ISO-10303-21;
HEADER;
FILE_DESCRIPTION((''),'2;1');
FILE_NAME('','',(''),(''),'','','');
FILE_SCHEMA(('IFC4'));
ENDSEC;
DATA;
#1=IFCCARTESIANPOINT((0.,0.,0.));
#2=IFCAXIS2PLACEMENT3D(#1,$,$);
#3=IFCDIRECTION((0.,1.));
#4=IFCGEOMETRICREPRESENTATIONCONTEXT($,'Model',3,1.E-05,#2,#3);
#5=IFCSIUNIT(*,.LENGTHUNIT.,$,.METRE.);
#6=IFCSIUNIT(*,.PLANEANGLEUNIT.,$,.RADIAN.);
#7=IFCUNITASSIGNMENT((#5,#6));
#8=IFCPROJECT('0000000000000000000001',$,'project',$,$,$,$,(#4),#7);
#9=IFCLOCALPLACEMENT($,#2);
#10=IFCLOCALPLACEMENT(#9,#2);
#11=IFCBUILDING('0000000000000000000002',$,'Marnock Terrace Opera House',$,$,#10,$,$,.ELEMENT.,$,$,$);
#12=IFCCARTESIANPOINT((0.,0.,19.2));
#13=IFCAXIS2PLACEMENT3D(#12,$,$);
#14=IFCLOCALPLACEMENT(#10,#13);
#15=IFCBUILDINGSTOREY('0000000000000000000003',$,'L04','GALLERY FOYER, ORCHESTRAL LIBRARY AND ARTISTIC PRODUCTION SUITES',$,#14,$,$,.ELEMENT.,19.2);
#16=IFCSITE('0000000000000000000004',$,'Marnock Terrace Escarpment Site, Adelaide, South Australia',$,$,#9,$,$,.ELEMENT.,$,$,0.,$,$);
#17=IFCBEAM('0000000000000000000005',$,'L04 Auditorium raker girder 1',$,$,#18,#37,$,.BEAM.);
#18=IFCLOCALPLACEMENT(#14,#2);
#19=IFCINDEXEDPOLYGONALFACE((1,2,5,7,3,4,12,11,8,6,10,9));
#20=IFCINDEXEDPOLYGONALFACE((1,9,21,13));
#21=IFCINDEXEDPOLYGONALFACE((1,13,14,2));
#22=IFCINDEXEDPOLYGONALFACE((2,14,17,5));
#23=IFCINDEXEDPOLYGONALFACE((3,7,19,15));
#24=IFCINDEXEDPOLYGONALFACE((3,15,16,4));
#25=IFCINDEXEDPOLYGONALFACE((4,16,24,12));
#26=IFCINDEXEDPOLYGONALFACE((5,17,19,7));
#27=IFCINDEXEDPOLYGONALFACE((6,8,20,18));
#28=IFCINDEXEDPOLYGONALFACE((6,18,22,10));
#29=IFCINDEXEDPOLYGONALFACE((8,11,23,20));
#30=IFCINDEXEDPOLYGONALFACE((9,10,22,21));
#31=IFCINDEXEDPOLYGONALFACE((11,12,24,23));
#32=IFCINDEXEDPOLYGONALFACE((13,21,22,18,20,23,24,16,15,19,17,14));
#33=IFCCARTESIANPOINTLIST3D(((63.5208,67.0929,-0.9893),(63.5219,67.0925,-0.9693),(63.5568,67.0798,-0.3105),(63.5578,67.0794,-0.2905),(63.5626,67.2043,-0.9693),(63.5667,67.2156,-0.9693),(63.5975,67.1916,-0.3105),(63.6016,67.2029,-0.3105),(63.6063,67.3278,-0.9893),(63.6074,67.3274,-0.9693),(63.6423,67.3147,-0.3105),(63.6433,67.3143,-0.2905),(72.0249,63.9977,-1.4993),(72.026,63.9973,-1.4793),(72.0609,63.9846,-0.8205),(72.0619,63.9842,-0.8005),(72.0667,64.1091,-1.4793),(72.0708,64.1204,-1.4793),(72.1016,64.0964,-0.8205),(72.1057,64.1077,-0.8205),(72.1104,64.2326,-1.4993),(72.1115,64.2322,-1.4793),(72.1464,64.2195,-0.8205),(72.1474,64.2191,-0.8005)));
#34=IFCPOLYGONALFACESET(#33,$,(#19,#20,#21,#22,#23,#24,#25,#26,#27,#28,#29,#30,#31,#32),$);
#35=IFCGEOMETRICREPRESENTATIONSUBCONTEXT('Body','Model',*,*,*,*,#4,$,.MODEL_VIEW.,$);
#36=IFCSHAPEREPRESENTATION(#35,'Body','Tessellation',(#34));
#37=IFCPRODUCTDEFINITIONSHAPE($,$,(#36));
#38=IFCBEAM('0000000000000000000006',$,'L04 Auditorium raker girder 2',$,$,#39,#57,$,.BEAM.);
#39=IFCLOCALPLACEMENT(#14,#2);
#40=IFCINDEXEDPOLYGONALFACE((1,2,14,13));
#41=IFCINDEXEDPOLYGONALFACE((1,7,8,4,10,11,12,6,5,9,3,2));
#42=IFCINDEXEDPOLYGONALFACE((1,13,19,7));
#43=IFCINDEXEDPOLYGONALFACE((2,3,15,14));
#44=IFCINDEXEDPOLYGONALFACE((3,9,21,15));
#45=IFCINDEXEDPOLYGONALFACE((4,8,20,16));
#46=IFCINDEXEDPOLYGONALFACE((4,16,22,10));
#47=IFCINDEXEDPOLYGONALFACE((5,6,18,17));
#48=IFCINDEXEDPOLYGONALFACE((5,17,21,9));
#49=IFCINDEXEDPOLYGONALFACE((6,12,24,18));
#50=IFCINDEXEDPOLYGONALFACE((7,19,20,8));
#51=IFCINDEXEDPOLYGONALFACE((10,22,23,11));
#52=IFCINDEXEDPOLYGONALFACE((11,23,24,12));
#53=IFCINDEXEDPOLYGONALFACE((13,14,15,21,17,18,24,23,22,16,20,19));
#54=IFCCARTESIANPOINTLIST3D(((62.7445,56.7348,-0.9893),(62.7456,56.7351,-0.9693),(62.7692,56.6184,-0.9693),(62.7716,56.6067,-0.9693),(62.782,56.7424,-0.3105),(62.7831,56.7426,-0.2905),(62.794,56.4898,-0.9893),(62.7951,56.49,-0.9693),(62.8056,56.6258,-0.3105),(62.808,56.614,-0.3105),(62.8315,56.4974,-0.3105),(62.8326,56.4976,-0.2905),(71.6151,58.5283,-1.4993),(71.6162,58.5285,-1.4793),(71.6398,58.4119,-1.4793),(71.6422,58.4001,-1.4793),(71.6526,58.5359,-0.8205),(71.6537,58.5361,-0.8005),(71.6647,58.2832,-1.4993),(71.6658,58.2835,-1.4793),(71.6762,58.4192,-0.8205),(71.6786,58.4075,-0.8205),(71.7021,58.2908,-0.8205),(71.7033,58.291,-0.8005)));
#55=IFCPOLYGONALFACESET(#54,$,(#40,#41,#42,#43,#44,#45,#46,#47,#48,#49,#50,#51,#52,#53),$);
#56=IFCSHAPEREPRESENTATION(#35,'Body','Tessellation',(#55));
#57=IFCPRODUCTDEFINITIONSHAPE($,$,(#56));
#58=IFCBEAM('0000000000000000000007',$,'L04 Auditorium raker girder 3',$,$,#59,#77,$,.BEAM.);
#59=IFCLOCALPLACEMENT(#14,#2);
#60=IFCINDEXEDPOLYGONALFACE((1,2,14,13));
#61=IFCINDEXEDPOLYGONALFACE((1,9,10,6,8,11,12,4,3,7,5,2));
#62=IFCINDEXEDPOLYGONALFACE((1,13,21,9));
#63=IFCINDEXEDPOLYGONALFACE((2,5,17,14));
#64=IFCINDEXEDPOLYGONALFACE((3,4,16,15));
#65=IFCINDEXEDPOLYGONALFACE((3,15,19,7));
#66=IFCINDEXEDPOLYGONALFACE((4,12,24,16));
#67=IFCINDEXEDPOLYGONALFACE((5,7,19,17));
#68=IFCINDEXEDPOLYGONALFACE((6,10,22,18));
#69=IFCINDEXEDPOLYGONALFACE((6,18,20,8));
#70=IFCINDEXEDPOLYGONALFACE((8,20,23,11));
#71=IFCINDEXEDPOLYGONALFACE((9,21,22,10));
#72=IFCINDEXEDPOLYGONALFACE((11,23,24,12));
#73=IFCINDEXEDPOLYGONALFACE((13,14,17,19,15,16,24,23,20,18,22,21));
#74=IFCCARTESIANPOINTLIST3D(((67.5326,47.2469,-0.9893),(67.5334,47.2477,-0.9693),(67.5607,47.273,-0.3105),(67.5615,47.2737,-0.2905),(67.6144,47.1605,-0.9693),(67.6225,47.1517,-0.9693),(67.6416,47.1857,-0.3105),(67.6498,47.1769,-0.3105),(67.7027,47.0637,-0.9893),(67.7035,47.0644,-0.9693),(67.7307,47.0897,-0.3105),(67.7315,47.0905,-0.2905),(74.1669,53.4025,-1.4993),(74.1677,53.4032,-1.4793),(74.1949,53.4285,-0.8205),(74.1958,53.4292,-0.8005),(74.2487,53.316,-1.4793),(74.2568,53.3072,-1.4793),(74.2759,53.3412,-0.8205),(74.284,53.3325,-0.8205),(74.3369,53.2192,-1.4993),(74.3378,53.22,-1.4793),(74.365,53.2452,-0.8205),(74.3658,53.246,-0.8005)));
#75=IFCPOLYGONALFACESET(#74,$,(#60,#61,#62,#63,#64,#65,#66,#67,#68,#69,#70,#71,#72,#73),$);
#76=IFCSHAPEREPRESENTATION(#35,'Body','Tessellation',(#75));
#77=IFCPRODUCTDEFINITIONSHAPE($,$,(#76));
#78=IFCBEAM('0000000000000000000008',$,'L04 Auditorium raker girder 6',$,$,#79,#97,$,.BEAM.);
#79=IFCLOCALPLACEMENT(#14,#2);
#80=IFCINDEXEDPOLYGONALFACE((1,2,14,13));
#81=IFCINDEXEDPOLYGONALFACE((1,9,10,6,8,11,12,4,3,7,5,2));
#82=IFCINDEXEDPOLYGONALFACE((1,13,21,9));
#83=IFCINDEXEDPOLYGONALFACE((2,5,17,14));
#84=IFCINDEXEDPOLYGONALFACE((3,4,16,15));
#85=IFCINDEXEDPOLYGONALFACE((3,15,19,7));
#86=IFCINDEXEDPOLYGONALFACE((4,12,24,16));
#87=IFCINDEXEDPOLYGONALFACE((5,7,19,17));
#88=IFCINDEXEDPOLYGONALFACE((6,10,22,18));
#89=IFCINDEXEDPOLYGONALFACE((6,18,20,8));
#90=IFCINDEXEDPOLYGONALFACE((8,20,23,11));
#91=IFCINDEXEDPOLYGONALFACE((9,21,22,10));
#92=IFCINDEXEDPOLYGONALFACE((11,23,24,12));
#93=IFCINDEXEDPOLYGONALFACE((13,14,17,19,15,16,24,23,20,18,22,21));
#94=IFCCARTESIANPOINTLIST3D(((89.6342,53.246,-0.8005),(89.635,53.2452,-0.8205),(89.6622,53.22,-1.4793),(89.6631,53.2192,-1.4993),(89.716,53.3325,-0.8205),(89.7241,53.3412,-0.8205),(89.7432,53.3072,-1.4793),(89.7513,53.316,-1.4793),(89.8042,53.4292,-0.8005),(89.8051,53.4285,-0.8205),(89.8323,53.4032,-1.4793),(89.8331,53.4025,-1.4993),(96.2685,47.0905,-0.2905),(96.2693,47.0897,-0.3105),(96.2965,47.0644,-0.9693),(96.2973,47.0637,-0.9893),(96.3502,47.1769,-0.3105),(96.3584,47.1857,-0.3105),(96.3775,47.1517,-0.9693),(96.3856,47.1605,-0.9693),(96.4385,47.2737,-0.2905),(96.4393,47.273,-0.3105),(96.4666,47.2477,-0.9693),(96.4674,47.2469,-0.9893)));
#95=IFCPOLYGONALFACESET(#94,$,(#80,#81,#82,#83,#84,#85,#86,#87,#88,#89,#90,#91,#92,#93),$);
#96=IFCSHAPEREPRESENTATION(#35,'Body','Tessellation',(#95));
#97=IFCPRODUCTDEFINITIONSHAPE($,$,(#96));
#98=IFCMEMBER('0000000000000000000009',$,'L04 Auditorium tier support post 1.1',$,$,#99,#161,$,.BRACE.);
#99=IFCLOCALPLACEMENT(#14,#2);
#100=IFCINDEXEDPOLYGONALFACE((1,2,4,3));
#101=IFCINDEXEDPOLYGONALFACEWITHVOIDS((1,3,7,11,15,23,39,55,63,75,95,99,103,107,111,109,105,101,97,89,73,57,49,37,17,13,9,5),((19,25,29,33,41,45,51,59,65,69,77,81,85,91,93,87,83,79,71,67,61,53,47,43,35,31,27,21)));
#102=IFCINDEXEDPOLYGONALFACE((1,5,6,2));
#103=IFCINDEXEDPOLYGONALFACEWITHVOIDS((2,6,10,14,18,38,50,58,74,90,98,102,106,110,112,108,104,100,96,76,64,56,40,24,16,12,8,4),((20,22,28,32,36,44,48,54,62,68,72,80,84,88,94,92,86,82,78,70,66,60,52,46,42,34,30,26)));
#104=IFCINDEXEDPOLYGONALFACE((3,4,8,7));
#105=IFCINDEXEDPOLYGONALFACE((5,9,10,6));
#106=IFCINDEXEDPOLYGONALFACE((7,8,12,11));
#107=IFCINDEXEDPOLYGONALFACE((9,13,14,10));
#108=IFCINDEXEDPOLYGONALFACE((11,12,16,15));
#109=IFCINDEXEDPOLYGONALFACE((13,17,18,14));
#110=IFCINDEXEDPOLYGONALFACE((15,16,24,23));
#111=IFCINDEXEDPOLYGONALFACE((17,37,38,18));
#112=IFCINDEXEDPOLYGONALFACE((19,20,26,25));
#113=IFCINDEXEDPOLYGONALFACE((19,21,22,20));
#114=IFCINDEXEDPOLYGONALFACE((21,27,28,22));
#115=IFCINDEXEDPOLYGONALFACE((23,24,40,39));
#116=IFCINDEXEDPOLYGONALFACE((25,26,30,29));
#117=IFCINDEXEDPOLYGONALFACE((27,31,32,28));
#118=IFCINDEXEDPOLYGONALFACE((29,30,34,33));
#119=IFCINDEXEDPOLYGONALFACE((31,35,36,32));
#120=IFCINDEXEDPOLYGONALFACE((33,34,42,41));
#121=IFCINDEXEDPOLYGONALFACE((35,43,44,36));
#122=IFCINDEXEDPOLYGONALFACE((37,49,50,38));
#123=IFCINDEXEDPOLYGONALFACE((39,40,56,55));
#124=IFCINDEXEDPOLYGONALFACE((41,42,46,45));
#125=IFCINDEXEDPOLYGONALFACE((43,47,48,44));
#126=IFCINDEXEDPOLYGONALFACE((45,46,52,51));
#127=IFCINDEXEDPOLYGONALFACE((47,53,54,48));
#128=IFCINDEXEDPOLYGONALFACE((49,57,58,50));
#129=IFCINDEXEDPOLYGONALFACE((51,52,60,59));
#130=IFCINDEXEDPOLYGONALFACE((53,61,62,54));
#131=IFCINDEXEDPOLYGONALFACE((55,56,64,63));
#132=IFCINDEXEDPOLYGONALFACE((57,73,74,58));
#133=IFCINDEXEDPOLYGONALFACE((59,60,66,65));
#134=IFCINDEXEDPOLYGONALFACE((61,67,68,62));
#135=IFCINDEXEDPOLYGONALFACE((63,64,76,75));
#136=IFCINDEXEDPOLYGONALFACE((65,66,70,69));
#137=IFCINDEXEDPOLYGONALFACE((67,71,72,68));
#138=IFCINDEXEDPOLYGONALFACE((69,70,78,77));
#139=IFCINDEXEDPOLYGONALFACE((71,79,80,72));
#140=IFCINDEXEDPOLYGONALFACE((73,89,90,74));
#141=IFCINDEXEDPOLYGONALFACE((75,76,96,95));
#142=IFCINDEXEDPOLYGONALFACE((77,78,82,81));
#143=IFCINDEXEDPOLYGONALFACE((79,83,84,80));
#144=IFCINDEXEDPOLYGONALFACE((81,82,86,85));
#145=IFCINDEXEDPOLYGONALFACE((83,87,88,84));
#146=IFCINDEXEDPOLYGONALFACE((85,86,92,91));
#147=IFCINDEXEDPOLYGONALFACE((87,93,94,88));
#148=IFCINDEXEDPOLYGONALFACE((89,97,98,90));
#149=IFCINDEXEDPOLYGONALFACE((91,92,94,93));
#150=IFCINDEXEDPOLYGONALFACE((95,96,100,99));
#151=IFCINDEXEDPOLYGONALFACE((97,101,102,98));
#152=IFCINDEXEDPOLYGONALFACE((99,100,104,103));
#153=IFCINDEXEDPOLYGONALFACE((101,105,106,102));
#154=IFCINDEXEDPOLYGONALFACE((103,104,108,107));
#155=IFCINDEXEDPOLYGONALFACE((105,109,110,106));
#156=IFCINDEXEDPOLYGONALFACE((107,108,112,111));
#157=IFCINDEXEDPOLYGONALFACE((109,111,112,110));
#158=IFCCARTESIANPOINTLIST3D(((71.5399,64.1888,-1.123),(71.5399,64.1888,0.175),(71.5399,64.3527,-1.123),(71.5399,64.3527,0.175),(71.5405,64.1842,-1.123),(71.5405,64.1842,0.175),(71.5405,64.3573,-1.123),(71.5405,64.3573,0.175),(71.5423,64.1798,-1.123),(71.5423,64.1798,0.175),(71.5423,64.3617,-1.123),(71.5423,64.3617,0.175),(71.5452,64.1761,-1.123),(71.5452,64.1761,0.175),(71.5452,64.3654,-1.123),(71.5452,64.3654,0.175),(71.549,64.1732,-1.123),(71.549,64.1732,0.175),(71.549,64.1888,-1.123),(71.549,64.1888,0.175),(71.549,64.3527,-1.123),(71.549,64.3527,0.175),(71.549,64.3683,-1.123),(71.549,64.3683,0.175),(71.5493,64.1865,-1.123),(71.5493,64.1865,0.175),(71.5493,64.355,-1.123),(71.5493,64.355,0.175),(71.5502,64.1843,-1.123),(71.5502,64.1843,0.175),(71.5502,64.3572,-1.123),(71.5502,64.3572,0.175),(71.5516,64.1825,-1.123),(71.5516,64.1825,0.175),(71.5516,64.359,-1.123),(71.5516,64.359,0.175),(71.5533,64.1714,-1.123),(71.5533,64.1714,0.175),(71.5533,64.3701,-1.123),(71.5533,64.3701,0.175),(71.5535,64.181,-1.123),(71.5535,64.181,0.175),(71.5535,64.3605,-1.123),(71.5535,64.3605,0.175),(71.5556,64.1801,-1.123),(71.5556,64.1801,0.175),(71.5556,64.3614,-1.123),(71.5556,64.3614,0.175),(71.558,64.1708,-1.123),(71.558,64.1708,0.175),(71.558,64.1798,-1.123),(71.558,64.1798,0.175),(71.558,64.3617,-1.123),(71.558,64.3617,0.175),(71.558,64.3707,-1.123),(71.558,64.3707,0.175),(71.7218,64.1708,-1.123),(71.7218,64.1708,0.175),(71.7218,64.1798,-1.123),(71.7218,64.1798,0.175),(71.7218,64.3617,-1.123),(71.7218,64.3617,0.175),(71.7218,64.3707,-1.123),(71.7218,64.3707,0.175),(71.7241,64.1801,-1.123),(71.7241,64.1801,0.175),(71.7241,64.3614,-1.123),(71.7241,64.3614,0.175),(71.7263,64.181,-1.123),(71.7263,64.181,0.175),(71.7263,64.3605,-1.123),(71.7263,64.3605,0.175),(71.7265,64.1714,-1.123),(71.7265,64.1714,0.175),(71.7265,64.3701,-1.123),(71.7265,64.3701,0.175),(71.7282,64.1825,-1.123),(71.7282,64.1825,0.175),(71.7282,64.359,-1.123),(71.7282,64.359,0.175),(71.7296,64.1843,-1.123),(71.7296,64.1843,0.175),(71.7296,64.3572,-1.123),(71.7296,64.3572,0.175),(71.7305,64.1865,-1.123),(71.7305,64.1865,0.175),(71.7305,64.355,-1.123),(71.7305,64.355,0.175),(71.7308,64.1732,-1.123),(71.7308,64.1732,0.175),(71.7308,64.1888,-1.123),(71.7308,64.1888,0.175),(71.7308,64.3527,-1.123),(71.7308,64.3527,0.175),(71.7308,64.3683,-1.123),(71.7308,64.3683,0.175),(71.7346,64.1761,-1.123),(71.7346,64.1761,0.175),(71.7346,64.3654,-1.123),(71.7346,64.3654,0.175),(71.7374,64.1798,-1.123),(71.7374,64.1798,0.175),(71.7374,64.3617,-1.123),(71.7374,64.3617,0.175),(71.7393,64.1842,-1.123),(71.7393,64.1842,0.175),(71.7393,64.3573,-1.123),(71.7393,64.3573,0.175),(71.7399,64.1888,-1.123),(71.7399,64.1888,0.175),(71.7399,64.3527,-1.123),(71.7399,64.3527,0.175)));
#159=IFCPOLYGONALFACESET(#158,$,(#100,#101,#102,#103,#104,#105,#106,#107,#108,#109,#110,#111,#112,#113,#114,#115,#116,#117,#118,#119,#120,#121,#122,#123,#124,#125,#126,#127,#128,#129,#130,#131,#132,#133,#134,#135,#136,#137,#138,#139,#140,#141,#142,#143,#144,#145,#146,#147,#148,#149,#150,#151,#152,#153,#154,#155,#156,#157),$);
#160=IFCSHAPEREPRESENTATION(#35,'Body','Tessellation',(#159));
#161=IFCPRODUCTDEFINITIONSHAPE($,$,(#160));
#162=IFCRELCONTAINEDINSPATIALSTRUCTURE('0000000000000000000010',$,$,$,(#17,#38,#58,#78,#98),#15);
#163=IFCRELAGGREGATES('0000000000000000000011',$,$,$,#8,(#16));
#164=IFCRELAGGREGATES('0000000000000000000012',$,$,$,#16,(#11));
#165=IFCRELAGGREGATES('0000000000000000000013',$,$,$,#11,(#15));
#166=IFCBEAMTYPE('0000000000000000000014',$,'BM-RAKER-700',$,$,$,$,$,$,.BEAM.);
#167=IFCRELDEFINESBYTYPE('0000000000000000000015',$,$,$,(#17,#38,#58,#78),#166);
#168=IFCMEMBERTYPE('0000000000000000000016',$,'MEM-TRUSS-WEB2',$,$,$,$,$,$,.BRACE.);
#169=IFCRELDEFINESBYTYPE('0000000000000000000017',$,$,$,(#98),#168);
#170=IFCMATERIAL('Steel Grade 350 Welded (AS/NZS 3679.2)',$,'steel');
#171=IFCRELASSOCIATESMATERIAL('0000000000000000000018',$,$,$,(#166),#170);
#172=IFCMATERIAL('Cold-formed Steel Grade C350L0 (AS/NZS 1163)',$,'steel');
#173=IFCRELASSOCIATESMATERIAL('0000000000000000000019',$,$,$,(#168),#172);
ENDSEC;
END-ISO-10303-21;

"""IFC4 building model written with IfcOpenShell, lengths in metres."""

from ifc_helpers import new_model, si_unit, direction, frame, origin, origin_2d, place, context, subcontext, project, spatial, hollow_rectangle, i_section, extrude, material, material_profile, profile_set, type_object, element, save


model = new_model("IFC4")

# Units and contexts
model_context = context("Model", 3, precision=1e-05, world=origin(), true_north=direction((0.0, 1.0)))
body_context = subcontext(model_context, "Body", "Model", "MODEL_VIEW")
ifc_project = project(units=[si_unit("LENGTHUNIT", "METRE"), si_unit("PLANEANGLEUNIT", "RADIAN")], contexts=[model_context])

# Site, building, storey
site_placement = place(None, origin())
site = spatial("IfcSite", under=ifc_project, at=site_placement, Name="Marnock Terrace Escarpment Site, Adelaide, South Australia", CompositionType="ELEMENT", RefElevation=0.0)
building_placement = place(site_placement, origin())
building = spatial("IfcBuilding", under=site, at=building_placement, Name="Marnock Terrace Opera House", CompositionType="ELEMENT")
storey_placement = place(building_placement, frame((0.0, 0.0, 19.2)))
storey = spatial("IfcBuildingStorey", under=building, at=storey_placement, Name="L04", Description="GALLERY FOYER, ORCHESTRAL LIBRARY AND ARTISTIC PRODUCTION SUITES", CompositionType="ELEMENT", Elevation=19.2)

# Beams
ifc_material_1 = material(Name="Steel Grade 350 Welded (AS/NZS 3679.2)", Category="steel")
ifc_material_profile_1 = material_profile(ifc_material_1, i_section(OverallWidth=0.25, OverallDepth=0.7, WebThickness=0.012, FlangeThickness=0.02, at=origin_2d()))
ifc_profile_set_1 = profile_set([ifc_material_profile_1], Name="Steel Grade 350 Welded (AS/NZS 3679.2)")
beam_type = type_object("IfcBeamType", Name="BM-RAKER-700", PredefinedType="BEAM", material=ifc_profile_set_1)
beam_placement = place(storey_placement, frame((72.0862, 64.1084, -1.1499), z_axis=(-0.938205, 0.341474, 0.056266), x_axis=(-0.342016, -0.939694, 0.0)))
element("IfcBeam", 1, at=beam_placement, inside=storey, type_object=beam_type, Name="L04 Auditorium raker girder 1", PredefinedType="BEAM", context=body_context, shape_type="SweptSolid", body=[
    extrude(i_section(OverallWidth=0.25, OverallDepth=0.7, WebThickness=0.012, FlangeThickness=0.02, at=origin_2d()), origin(), (0.0, 0.0, 1.0), 9.0642),
])
for number, where, z_axis, x_axis, name in (
    (2, (71.6592, 58.4097, -1.1499), (-0.978615, -0.197856, 0.056265), (0.19817, -0.980168, 0.0), "L04 Auditorium raker girder 2"),
    (3, (74.2664, 53.3242, -1.1499), (-0.731901, -0.679084, 0.056265), (0.680161, -0.733062, 0.0), "L04 Auditorium raker girder 3"),
    (4, (89.7336, 53.3242, -1.1499), (0.731901, -0.679084, 0.056265), (0.680161, 0.733062, 0.0), "L04 Auditorium raker girder 6"),
):
    element("IfcBeam", number, at=place(storey_placement, frame(where, z_axis=z_axis, x_axis=x_axis)), inside=storey, type_object=beam_type, Name=name, PredefinedType="BEAM", context=body_context, shape_type="SweptSolid", body=[
        extrude(i_section(OverallWidth=0.25, OverallDepth=0.7, WebThickness=0.012, FlangeThickness=0.02, at=origin_2d()), origin(), (0.0, 0.0, 1.0), 9.0645),
    ])

# Member
ifc_material_2 = material(Name="Cold-formed Steel Grade C350L0 (AS/NZS 1163)", Category="steel")
ifc_material_profile_2 = material_profile(ifc_material_2, hollow_rectangle(XDim=0.2, YDim=0.2, WallThickness=0.009, InnerFilletRadius=0.009, OuterFilletRadius=0.0181, at=origin_2d()))
ifc_profile_set_2 = profile_set([ifc_material_profile_2], Name="Cold-formed Steel Grade C350L0 (AS/NZS 1163)")
member_type = type_object("IfcMemberType", Name="MEM-TRUSS-WEB2", PredefinedType="BRACE", material=ifc_profile_set_2)
for number, where, z_axis, x_axis, name in (
    (5, (71.6399, 64.2708, -1.123), (0.0, 0.0, 1.0), (1.0, 0.0, 0.0), "L04 Auditorium tier support post 1.1"),
):
    element("IfcMember", number, at=place(storey_placement, frame(where, z_axis=z_axis, x_axis=x_axis)), inside=storey, type_object=member_type, Name=name, PredefinedType="BRACE", context=body_context, shape_type="SweptSolid", body=[
        extrude(hollow_rectangle(XDim=0.2, YDim=0.2, WallThickness=0.009, InnerFilletRadius=0.009, OuterFilletRadius=0.0181, at=origin_2d()), origin(), (0.0, 0.0, 1.0), 1.2981),
    ])

save(model, "model.ifc")
